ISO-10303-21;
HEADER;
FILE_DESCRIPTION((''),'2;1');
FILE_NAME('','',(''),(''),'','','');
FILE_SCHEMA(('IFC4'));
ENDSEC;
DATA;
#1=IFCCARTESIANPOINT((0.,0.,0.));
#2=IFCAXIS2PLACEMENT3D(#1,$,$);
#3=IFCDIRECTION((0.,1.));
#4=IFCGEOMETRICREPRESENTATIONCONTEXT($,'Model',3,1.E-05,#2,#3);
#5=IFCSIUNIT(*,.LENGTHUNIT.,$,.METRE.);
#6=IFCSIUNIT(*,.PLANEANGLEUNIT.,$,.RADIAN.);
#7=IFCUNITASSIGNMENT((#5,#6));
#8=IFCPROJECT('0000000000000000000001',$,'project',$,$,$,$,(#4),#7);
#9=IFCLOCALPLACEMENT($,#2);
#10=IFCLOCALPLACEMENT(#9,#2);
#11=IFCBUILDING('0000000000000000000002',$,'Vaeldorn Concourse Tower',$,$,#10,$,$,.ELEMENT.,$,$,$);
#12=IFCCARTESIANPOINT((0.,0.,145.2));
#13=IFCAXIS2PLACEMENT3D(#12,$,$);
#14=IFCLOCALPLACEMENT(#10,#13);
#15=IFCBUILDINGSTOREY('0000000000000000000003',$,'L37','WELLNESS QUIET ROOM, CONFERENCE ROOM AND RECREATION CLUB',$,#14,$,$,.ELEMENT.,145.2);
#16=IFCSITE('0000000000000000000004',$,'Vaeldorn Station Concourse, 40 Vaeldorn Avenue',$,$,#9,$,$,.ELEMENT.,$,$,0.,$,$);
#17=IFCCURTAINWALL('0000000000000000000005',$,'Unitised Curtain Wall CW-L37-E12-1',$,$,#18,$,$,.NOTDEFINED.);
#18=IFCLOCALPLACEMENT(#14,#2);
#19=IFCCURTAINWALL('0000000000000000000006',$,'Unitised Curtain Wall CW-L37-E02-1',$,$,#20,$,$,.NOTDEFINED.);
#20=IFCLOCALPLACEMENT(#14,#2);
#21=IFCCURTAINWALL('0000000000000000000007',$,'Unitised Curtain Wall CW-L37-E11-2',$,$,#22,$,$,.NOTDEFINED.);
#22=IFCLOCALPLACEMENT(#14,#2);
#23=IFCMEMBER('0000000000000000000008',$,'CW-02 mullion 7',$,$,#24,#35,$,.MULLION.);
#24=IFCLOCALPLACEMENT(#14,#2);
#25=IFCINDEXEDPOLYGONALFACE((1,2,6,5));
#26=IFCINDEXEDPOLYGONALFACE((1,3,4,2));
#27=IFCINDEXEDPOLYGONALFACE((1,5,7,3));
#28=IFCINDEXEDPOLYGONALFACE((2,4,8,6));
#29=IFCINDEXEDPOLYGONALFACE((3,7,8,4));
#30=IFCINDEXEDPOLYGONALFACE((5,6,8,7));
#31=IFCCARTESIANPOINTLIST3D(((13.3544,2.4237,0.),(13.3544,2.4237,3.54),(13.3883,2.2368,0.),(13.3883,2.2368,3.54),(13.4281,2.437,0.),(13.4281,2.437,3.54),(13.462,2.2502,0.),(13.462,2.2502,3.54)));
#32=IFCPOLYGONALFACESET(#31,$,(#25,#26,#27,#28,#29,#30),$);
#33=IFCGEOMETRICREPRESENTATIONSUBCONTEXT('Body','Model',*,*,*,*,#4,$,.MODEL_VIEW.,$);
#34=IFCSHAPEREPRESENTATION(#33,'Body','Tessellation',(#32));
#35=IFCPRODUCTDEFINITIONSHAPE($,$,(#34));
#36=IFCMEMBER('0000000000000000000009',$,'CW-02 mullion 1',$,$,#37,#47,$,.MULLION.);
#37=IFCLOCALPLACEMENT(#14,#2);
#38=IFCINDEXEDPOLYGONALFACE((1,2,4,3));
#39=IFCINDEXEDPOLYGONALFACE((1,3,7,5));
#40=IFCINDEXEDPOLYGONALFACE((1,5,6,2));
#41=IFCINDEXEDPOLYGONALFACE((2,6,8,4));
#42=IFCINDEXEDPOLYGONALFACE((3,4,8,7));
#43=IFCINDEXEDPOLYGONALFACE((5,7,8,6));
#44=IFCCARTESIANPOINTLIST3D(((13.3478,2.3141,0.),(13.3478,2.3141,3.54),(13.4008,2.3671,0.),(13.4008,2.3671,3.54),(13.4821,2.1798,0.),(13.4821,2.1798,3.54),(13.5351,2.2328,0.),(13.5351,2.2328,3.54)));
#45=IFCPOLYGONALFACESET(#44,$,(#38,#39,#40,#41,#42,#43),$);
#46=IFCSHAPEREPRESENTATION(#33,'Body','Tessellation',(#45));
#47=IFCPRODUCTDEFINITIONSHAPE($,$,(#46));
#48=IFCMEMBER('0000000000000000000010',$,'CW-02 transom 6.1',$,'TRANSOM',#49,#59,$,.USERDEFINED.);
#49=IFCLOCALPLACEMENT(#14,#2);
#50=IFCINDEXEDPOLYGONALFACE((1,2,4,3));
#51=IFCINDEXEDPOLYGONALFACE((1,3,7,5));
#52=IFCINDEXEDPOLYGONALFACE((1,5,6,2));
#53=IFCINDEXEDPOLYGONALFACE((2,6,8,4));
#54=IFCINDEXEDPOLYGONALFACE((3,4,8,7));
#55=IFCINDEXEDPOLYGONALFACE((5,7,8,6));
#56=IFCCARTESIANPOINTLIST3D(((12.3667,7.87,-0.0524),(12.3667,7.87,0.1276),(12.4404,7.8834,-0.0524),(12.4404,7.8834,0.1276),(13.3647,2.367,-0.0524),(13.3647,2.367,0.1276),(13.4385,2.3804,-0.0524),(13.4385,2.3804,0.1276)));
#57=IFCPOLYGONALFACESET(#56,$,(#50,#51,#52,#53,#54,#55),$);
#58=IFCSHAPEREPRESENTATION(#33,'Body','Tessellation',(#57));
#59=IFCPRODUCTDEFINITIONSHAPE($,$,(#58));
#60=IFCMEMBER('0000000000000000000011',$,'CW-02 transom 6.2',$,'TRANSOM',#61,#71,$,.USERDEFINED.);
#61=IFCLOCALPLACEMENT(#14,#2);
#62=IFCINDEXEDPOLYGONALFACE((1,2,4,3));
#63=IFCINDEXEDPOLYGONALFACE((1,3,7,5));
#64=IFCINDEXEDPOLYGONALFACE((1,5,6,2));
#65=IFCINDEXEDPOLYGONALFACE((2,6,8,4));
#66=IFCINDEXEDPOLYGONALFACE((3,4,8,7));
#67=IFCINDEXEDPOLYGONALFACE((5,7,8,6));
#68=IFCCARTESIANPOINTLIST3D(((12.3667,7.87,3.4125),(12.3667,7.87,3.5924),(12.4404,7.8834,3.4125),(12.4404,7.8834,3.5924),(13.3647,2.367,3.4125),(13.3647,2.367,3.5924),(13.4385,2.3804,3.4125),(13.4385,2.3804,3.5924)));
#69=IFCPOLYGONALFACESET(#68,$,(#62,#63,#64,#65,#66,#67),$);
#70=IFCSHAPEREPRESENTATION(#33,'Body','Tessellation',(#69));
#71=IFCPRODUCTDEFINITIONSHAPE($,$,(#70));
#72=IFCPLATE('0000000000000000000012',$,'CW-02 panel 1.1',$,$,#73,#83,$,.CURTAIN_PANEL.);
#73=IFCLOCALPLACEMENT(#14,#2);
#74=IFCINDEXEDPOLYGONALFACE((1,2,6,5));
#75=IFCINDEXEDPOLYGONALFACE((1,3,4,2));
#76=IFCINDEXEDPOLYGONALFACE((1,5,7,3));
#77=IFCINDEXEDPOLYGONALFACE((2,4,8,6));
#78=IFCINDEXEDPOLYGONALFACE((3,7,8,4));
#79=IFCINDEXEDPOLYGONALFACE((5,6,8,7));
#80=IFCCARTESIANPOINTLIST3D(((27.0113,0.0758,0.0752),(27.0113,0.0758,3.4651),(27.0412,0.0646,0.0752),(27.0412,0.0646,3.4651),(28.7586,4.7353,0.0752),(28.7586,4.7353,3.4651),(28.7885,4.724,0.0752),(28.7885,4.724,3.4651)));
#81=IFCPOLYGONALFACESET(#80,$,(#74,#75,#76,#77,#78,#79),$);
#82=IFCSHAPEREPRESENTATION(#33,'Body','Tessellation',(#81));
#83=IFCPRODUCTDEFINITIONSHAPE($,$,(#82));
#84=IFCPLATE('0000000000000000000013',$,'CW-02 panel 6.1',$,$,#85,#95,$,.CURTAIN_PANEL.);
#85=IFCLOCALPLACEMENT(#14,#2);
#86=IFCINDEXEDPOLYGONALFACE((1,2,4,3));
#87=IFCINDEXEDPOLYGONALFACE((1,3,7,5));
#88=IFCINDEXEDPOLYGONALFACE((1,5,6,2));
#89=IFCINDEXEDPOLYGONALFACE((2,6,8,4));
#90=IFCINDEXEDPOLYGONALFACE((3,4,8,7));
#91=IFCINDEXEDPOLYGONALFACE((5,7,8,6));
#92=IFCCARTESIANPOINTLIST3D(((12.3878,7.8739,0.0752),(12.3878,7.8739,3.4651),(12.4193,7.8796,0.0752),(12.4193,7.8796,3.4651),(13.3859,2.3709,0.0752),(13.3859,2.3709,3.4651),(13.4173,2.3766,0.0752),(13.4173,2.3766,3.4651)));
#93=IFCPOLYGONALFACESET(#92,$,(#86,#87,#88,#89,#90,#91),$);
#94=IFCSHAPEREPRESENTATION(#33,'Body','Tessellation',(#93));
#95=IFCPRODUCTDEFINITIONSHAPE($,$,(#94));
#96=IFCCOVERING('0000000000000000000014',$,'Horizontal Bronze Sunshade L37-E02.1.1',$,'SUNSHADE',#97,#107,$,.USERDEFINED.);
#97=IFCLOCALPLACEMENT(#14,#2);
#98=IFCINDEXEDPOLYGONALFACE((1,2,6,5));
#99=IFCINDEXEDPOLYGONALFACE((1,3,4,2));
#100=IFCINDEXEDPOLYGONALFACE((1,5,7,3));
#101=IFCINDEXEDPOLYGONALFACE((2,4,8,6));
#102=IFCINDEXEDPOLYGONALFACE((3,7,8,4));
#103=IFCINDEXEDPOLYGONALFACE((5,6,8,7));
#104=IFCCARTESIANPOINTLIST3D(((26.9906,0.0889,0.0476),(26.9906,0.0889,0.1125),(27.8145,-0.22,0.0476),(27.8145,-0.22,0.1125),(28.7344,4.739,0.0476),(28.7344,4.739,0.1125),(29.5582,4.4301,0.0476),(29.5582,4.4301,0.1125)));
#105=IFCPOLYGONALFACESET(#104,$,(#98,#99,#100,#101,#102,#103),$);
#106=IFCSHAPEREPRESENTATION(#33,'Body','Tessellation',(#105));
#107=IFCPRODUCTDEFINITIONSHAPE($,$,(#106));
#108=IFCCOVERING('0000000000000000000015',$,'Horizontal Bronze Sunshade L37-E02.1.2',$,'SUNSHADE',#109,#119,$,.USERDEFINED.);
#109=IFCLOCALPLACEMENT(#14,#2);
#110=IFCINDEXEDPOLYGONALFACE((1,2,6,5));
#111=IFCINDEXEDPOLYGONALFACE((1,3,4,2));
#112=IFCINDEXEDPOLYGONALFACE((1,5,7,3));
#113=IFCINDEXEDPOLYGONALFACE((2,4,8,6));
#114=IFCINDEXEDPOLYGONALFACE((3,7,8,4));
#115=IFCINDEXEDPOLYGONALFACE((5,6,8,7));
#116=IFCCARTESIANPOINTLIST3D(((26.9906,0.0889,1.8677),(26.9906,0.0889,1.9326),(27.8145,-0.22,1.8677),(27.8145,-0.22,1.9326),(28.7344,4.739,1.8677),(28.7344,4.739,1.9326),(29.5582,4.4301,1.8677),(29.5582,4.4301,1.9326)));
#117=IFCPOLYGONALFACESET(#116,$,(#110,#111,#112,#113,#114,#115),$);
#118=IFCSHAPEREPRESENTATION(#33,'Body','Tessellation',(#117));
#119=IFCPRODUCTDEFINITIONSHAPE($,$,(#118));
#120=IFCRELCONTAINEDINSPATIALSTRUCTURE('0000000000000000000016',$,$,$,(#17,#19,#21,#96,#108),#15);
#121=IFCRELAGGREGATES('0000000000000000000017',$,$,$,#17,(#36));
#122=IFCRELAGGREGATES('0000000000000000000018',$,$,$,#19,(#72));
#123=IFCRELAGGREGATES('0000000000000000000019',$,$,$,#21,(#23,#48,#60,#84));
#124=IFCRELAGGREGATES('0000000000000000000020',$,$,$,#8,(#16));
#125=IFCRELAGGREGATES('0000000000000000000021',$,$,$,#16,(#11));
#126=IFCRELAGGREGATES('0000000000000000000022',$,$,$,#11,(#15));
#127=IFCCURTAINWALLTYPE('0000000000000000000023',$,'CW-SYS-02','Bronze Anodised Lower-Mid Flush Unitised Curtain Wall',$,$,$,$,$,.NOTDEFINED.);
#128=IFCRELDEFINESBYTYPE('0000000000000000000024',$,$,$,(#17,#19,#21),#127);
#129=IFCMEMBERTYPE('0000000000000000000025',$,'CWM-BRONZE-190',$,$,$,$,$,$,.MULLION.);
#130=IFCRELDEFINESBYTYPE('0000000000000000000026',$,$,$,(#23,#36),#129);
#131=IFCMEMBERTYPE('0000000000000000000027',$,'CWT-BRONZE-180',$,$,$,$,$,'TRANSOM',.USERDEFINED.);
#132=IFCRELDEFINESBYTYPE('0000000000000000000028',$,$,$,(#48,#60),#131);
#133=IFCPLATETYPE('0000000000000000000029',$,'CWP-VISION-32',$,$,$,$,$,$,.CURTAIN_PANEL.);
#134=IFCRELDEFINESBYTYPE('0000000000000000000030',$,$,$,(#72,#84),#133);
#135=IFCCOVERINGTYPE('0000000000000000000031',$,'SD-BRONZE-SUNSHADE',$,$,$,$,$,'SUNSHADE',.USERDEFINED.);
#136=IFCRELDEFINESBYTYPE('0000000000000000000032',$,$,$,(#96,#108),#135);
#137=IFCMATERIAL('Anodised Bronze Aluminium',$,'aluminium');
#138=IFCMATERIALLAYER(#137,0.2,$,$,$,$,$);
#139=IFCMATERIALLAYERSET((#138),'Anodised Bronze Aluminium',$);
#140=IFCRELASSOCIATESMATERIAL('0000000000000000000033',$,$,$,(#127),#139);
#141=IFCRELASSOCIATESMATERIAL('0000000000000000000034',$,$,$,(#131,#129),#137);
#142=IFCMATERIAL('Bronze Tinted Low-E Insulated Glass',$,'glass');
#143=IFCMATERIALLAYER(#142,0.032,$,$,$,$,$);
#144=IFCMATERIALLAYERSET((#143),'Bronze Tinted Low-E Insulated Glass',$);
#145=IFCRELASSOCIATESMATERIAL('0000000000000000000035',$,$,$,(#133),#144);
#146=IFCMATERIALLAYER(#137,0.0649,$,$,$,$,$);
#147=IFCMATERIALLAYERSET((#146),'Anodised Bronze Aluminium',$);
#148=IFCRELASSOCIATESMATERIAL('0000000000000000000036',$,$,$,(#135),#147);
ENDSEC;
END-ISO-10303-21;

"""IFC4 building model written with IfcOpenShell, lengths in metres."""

from ifc_helpers import new_model, si_unit, direction, frame, origin, origin_2d, place, context, subcontext, project, spatial, rectangle, extrude, source, transform, mapped, material, layer, layer_set, material_profile, profile_set, type_object, element, aggregate, save


model = new_model("IFC4")

# Units and contexts
model_context = context("Model", 3, precision=1e-05, world=origin(), true_north=direction((0.0, 1.0)))
body_context = subcontext(model_context, "Body", "Model", "MODEL_VIEW")
ifc_project = project(units=[si_unit("LENGTHUNIT", "METRE"), si_unit("PLANEANGLEUNIT", "RADIAN")], contexts=[model_context])

# Site, building, storey
site_placement = place(None, origin())
site = spatial("IfcSite", under=ifc_project, at=site_placement, Name="Vaeldorn Station Concourse, 40 Vaeldorn Avenue", CompositionType="ELEMENT", RefElevation=0.0)
building_placement = place(site_placement, origin())
building = spatial("IfcBuilding", under=site, at=building_placement, Name="Vaeldorn Concourse Tower", CompositionType="ELEMENT")
storey_placement = place(building_placement, frame((0.0, 0.0, 145.2)))
storey = spatial("IfcBuildingStorey", under=building, at=storey_placement, Name="L37", Description="WELLNESS QUIET ROOM, CONFERENCE ROOM AND RECREATION CLUB", CompositionType="ELEMENT", Elevation=145.2)

# Curtain wall
ifc_material_1 = material(Name="Anodised Bronze Aluminium", Category="aluminium")
ifc_layer_1 = layer(ifc_material_1, 0.2)
ifc_layer_set_1 = layer_set([ifc_layer_1], Name="Anodised Bronze Aluminium")
curtain_wall_type = type_object("IfcCurtainWallType", Name="CW-SYS-02", Description="Bronze Anodised Lower-Mid Flush Unitised Curtain Wall", PredefinedType="NOTDEFINED", material=ifc_layer_set_1)
ifc_material_profile_1 = material_profile(ifc_material_1, rectangle(XDim=0.075, YDim=0.1799, at=origin_2d()), Name="CWT 75x180")
ifc_profile_set_1 = profile_set([ifc_material_profile_1], Name="Anodised Bronze Aluminium")
member_type_1 = type_object("IfcMemberType", Name="CWT-BRONZE-180", ElementType="TRANSOM", PredefinedType="USERDEFINED", material=ifc_profile_set_1)
curtain_wall_1_placement = place(storey_placement, origin())
curtain_wall_1 = element("IfcCurtainWall", 1, at=curtain_wall_1_placement, inside=storey, type_object=curtain_wall_type, Name="Unitised Curtain Wall CW-L37-E12-1", PredefinedType="NOTDEFINED")

# Curtain wall
curtain_wall_2_placement = place(storey_placement, origin())
curtain_wall_2 = element("IfcCurtainWall", 2, at=curtain_wall_2_placement, inside=storey, type_object=curtain_wall_type, Name="Unitised Curtain Wall CW-L37-E02-1", PredefinedType="NOTDEFINED")
ifc_material_profile_2 = material_profile(ifc_material_1, rectangle(XDim=0.075, YDim=0.1899, at=origin_2d()), Name="CWM 75x190")
ifc_profile_set_2 = profile_set([ifc_material_profile_2], Name="Anodised Bronze Aluminium")
member_type_2 = type_object("IfcMemberType", Name="CWM-BRONZE-190", PredefinedType="MULLION", material=ifc_profile_set_2)
shared_shape_1 = source(origin(), body_context, "Body", "SweptSolid", [
    extrude(rectangle(XDim=0.075, YDim=0.1899, at=origin_2d()), origin(), (0.0, 0.0, 1.0), 3.54),
])

# Curtain wall, member
curtain_wall_3_placement = place(storey_placement, origin())
curtain_wall_3 = element("IfcCurtainWall", 3, at=curtain_wall_3_placement, inside=storey, type_object=curtain_wall_type, Name="Unitised Curtain Wall CW-L37-E11-2", PredefinedType="NOTDEFINED")
member_1_placement = place(storey_placement, frame((13.4082, 2.3369, 0.0), z_axis=(0.0, 0.0, 1.0), x_axis=(0.98395, 0.178447, 0.0)))
member_1 = element("IfcMember", 4, at=member_1_placement, type_object=member_type_2, Name="CW-02 mullion 7", PredefinedType="MULLION", context=body_context, shape_type="MappedRepresentation", body=[
    mapped(shared_shape_1, transform((0.0, 0.0, 0.0), scale=1.0)),
])

# Members
member_2_placement = place(storey_placement, frame((13.4414, 2.2734, 0.0), z_axis=(0.0, 0.0, 1.0), x_axis=(0.707107, 0.707107, 0.0)))
member_2 = element("IfcMember", 5, at=member_2_placement, type_object=member_type_2, Name="CW-02 mullion 1", PredefinedType="MULLION", context=body_context, shape_type="MappedRepresentation", body=[
    mapped(shared_shape_1, transform((0.0, 0.0, 0.0), scale=1.0)),
])
aggregate(curtain_wall_1, [member_2])
shared_shape_2 = source(origin(), body_context, "Body", "SweptSolid", [
    extrude(rectangle(XDim=0.075, YDim=0.1799, at=origin_2d()), origin(), (0.0, 0.0, 1.0), 5.5928),
])
member_3_placement = place(storey_placement, frame((12.4036, 7.8767, 0.0376), z_axis=(0.178455, -0.983948, 0.0), x_axis=(0.983948, 0.178455, 0.0)))
member_3 = element("IfcMember", 6, at=member_3_placement, type_object=member_type_1, Name="CW-02 transom 6.1", ObjectType="TRANSOM", PredefinedType="USERDEFINED", context=body_context, shape_type="MappedRepresentation", body=[
    mapped(shared_shape_2, transform((0.0, 0.0, 0.0), scale=1.0)),
])
member_4_placement = place(storey_placement, frame((12.4036, 7.8767, 3.5024), z_axis=(0.178455, -0.983948, 0.0), x_axis=(0.983948, 0.178455, 0.0)))
member_4 = element("IfcMember", 7, at=member_4_placement, type_object=member_type_1, Name="CW-02 transom 6.2", ObjectType="TRANSOM", PredefinedType="USERDEFINED", context=body_context, shape_type="MappedRepresentation", body=[
    mapped(shared_shape_2, transform((0.0, 0.0, 0.0), scale=1.0)),
])

# Plates
ifc_material_2 = material(Name="Bronze Tinted Low-E Insulated Glass", Category="glass")
ifc_layer_2 = layer(ifc_material_2, 0.032)
ifc_layer_set_2 = layer_set([ifc_layer_2], Name="Bronze Tinted Low-E Insulated Glass")
plate_type = type_object("IfcPlateType", Name="CWP-VISION-32", PredefinedType="CURTAIN_PANEL", material=ifc_layer_set_2)
shared_shape_3 = source(origin(), body_context, "Body", "SweptSolid", [
    extrude(rectangle(XDim=4.9763, YDim=0.032, at=origin_2d()), origin(), (0.0, 0.0, 1.0), 3.3899),
])
plate_1_placement = place(storey_placement, frame((27.8999, 2.3999, 0.0752), z_axis=(0.0, 0.0, 1.0), x_axis=(0.351123, 0.936329, 0.0)))
plate_1 = element("IfcPlate", 8, at=plate_1_placement, type_object=plate_type, Name="CW-02 panel 1.1", PredefinedType="CURTAIN_PANEL", context=body_context, shape_type="MappedRepresentation", body=[
    mapped(shared_shape_3, transform((0.0, 0.0, 0.0), scale=1.0)),
])
aggregate(curtain_wall_2, [plate_1])
shared_shape_4 = source(origin(), body_context, "Body", "SweptSolid", [
    extrude(rectangle(XDim=5.5928, YDim=0.032, at=origin_2d()), origin(), (0.0, 0.0, 1.0), 3.3899),
])
plate_2_placement = place(storey_placement, frame((12.9026, 5.1252, 0.0752), z_axis=(0.0, 0.0, 1.0), x_axis=(0.178447, -0.98395, 0.0)))
plate_2 = element("IfcPlate", 9, at=plate_2_placement, type_object=plate_type, Name="CW-02 panel 6.1", PredefinedType="CURTAIN_PANEL", context=body_context, shape_type="MappedRepresentation", body=[
    mapped(shared_shape_4, transform((0.0, 0.0, 0.0), scale=1.0)),
])
aggregate(curtain_wall_3, [member_1, member_3, member_4, plate_2])

# Coverings
ifc_layer_3 = layer(ifc_material_1, 0.0649)
ifc_layer_set_3 = layer_set([ifc_layer_3], Name="Anodised Bronze Aluminium")
covering_type = type_object("IfcCoveringType", Name="SD-BRONZE-SUNSHADE", ElementType="SUNSHADE", PredefinedType="USERDEFINED", material=ifc_layer_set_3)
shared_shape_5 = source(origin(), body_context, "Body", "SweptSolid", [
    extrude(rectangle(XDim=4.9663, YDim=0.8799, at=origin_2d()), origin(), (0.0, 0.0, 1.0), 0.0649),
])
for number, where, z_axis, x_axis, name in (
    (10, (28.2744, 2.2595, 0.0476), (0.0, 0.0, 1.0), (0.351123, 0.936329, 0.0), "Horizontal Bronze Sunshade L37-E02.1.1"),
    (11, (28.2744, 2.2595, 1.8677), (0.0, 0.0, 1.0), (0.351123, 0.936329, 0.0), "Horizontal Bronze Sunshade L37-E02.1.2"),
):
    element("IfcCovering", number, at=place(storey_placement, frame(where, z_axis=z_axis, x_axis=x_axis)), inside=storey, type_object=covering_type, Name=name, ObjectType="SUNSHADE", PredefinedType="USERDEFINED", context=body_context, shape_type="MappedRepresentation", body=[
        mapped(shared_shape_5, transform((0.0, 0.0, 0.0), scale=1.0)),
    ])

save(model, "model.ifc")
